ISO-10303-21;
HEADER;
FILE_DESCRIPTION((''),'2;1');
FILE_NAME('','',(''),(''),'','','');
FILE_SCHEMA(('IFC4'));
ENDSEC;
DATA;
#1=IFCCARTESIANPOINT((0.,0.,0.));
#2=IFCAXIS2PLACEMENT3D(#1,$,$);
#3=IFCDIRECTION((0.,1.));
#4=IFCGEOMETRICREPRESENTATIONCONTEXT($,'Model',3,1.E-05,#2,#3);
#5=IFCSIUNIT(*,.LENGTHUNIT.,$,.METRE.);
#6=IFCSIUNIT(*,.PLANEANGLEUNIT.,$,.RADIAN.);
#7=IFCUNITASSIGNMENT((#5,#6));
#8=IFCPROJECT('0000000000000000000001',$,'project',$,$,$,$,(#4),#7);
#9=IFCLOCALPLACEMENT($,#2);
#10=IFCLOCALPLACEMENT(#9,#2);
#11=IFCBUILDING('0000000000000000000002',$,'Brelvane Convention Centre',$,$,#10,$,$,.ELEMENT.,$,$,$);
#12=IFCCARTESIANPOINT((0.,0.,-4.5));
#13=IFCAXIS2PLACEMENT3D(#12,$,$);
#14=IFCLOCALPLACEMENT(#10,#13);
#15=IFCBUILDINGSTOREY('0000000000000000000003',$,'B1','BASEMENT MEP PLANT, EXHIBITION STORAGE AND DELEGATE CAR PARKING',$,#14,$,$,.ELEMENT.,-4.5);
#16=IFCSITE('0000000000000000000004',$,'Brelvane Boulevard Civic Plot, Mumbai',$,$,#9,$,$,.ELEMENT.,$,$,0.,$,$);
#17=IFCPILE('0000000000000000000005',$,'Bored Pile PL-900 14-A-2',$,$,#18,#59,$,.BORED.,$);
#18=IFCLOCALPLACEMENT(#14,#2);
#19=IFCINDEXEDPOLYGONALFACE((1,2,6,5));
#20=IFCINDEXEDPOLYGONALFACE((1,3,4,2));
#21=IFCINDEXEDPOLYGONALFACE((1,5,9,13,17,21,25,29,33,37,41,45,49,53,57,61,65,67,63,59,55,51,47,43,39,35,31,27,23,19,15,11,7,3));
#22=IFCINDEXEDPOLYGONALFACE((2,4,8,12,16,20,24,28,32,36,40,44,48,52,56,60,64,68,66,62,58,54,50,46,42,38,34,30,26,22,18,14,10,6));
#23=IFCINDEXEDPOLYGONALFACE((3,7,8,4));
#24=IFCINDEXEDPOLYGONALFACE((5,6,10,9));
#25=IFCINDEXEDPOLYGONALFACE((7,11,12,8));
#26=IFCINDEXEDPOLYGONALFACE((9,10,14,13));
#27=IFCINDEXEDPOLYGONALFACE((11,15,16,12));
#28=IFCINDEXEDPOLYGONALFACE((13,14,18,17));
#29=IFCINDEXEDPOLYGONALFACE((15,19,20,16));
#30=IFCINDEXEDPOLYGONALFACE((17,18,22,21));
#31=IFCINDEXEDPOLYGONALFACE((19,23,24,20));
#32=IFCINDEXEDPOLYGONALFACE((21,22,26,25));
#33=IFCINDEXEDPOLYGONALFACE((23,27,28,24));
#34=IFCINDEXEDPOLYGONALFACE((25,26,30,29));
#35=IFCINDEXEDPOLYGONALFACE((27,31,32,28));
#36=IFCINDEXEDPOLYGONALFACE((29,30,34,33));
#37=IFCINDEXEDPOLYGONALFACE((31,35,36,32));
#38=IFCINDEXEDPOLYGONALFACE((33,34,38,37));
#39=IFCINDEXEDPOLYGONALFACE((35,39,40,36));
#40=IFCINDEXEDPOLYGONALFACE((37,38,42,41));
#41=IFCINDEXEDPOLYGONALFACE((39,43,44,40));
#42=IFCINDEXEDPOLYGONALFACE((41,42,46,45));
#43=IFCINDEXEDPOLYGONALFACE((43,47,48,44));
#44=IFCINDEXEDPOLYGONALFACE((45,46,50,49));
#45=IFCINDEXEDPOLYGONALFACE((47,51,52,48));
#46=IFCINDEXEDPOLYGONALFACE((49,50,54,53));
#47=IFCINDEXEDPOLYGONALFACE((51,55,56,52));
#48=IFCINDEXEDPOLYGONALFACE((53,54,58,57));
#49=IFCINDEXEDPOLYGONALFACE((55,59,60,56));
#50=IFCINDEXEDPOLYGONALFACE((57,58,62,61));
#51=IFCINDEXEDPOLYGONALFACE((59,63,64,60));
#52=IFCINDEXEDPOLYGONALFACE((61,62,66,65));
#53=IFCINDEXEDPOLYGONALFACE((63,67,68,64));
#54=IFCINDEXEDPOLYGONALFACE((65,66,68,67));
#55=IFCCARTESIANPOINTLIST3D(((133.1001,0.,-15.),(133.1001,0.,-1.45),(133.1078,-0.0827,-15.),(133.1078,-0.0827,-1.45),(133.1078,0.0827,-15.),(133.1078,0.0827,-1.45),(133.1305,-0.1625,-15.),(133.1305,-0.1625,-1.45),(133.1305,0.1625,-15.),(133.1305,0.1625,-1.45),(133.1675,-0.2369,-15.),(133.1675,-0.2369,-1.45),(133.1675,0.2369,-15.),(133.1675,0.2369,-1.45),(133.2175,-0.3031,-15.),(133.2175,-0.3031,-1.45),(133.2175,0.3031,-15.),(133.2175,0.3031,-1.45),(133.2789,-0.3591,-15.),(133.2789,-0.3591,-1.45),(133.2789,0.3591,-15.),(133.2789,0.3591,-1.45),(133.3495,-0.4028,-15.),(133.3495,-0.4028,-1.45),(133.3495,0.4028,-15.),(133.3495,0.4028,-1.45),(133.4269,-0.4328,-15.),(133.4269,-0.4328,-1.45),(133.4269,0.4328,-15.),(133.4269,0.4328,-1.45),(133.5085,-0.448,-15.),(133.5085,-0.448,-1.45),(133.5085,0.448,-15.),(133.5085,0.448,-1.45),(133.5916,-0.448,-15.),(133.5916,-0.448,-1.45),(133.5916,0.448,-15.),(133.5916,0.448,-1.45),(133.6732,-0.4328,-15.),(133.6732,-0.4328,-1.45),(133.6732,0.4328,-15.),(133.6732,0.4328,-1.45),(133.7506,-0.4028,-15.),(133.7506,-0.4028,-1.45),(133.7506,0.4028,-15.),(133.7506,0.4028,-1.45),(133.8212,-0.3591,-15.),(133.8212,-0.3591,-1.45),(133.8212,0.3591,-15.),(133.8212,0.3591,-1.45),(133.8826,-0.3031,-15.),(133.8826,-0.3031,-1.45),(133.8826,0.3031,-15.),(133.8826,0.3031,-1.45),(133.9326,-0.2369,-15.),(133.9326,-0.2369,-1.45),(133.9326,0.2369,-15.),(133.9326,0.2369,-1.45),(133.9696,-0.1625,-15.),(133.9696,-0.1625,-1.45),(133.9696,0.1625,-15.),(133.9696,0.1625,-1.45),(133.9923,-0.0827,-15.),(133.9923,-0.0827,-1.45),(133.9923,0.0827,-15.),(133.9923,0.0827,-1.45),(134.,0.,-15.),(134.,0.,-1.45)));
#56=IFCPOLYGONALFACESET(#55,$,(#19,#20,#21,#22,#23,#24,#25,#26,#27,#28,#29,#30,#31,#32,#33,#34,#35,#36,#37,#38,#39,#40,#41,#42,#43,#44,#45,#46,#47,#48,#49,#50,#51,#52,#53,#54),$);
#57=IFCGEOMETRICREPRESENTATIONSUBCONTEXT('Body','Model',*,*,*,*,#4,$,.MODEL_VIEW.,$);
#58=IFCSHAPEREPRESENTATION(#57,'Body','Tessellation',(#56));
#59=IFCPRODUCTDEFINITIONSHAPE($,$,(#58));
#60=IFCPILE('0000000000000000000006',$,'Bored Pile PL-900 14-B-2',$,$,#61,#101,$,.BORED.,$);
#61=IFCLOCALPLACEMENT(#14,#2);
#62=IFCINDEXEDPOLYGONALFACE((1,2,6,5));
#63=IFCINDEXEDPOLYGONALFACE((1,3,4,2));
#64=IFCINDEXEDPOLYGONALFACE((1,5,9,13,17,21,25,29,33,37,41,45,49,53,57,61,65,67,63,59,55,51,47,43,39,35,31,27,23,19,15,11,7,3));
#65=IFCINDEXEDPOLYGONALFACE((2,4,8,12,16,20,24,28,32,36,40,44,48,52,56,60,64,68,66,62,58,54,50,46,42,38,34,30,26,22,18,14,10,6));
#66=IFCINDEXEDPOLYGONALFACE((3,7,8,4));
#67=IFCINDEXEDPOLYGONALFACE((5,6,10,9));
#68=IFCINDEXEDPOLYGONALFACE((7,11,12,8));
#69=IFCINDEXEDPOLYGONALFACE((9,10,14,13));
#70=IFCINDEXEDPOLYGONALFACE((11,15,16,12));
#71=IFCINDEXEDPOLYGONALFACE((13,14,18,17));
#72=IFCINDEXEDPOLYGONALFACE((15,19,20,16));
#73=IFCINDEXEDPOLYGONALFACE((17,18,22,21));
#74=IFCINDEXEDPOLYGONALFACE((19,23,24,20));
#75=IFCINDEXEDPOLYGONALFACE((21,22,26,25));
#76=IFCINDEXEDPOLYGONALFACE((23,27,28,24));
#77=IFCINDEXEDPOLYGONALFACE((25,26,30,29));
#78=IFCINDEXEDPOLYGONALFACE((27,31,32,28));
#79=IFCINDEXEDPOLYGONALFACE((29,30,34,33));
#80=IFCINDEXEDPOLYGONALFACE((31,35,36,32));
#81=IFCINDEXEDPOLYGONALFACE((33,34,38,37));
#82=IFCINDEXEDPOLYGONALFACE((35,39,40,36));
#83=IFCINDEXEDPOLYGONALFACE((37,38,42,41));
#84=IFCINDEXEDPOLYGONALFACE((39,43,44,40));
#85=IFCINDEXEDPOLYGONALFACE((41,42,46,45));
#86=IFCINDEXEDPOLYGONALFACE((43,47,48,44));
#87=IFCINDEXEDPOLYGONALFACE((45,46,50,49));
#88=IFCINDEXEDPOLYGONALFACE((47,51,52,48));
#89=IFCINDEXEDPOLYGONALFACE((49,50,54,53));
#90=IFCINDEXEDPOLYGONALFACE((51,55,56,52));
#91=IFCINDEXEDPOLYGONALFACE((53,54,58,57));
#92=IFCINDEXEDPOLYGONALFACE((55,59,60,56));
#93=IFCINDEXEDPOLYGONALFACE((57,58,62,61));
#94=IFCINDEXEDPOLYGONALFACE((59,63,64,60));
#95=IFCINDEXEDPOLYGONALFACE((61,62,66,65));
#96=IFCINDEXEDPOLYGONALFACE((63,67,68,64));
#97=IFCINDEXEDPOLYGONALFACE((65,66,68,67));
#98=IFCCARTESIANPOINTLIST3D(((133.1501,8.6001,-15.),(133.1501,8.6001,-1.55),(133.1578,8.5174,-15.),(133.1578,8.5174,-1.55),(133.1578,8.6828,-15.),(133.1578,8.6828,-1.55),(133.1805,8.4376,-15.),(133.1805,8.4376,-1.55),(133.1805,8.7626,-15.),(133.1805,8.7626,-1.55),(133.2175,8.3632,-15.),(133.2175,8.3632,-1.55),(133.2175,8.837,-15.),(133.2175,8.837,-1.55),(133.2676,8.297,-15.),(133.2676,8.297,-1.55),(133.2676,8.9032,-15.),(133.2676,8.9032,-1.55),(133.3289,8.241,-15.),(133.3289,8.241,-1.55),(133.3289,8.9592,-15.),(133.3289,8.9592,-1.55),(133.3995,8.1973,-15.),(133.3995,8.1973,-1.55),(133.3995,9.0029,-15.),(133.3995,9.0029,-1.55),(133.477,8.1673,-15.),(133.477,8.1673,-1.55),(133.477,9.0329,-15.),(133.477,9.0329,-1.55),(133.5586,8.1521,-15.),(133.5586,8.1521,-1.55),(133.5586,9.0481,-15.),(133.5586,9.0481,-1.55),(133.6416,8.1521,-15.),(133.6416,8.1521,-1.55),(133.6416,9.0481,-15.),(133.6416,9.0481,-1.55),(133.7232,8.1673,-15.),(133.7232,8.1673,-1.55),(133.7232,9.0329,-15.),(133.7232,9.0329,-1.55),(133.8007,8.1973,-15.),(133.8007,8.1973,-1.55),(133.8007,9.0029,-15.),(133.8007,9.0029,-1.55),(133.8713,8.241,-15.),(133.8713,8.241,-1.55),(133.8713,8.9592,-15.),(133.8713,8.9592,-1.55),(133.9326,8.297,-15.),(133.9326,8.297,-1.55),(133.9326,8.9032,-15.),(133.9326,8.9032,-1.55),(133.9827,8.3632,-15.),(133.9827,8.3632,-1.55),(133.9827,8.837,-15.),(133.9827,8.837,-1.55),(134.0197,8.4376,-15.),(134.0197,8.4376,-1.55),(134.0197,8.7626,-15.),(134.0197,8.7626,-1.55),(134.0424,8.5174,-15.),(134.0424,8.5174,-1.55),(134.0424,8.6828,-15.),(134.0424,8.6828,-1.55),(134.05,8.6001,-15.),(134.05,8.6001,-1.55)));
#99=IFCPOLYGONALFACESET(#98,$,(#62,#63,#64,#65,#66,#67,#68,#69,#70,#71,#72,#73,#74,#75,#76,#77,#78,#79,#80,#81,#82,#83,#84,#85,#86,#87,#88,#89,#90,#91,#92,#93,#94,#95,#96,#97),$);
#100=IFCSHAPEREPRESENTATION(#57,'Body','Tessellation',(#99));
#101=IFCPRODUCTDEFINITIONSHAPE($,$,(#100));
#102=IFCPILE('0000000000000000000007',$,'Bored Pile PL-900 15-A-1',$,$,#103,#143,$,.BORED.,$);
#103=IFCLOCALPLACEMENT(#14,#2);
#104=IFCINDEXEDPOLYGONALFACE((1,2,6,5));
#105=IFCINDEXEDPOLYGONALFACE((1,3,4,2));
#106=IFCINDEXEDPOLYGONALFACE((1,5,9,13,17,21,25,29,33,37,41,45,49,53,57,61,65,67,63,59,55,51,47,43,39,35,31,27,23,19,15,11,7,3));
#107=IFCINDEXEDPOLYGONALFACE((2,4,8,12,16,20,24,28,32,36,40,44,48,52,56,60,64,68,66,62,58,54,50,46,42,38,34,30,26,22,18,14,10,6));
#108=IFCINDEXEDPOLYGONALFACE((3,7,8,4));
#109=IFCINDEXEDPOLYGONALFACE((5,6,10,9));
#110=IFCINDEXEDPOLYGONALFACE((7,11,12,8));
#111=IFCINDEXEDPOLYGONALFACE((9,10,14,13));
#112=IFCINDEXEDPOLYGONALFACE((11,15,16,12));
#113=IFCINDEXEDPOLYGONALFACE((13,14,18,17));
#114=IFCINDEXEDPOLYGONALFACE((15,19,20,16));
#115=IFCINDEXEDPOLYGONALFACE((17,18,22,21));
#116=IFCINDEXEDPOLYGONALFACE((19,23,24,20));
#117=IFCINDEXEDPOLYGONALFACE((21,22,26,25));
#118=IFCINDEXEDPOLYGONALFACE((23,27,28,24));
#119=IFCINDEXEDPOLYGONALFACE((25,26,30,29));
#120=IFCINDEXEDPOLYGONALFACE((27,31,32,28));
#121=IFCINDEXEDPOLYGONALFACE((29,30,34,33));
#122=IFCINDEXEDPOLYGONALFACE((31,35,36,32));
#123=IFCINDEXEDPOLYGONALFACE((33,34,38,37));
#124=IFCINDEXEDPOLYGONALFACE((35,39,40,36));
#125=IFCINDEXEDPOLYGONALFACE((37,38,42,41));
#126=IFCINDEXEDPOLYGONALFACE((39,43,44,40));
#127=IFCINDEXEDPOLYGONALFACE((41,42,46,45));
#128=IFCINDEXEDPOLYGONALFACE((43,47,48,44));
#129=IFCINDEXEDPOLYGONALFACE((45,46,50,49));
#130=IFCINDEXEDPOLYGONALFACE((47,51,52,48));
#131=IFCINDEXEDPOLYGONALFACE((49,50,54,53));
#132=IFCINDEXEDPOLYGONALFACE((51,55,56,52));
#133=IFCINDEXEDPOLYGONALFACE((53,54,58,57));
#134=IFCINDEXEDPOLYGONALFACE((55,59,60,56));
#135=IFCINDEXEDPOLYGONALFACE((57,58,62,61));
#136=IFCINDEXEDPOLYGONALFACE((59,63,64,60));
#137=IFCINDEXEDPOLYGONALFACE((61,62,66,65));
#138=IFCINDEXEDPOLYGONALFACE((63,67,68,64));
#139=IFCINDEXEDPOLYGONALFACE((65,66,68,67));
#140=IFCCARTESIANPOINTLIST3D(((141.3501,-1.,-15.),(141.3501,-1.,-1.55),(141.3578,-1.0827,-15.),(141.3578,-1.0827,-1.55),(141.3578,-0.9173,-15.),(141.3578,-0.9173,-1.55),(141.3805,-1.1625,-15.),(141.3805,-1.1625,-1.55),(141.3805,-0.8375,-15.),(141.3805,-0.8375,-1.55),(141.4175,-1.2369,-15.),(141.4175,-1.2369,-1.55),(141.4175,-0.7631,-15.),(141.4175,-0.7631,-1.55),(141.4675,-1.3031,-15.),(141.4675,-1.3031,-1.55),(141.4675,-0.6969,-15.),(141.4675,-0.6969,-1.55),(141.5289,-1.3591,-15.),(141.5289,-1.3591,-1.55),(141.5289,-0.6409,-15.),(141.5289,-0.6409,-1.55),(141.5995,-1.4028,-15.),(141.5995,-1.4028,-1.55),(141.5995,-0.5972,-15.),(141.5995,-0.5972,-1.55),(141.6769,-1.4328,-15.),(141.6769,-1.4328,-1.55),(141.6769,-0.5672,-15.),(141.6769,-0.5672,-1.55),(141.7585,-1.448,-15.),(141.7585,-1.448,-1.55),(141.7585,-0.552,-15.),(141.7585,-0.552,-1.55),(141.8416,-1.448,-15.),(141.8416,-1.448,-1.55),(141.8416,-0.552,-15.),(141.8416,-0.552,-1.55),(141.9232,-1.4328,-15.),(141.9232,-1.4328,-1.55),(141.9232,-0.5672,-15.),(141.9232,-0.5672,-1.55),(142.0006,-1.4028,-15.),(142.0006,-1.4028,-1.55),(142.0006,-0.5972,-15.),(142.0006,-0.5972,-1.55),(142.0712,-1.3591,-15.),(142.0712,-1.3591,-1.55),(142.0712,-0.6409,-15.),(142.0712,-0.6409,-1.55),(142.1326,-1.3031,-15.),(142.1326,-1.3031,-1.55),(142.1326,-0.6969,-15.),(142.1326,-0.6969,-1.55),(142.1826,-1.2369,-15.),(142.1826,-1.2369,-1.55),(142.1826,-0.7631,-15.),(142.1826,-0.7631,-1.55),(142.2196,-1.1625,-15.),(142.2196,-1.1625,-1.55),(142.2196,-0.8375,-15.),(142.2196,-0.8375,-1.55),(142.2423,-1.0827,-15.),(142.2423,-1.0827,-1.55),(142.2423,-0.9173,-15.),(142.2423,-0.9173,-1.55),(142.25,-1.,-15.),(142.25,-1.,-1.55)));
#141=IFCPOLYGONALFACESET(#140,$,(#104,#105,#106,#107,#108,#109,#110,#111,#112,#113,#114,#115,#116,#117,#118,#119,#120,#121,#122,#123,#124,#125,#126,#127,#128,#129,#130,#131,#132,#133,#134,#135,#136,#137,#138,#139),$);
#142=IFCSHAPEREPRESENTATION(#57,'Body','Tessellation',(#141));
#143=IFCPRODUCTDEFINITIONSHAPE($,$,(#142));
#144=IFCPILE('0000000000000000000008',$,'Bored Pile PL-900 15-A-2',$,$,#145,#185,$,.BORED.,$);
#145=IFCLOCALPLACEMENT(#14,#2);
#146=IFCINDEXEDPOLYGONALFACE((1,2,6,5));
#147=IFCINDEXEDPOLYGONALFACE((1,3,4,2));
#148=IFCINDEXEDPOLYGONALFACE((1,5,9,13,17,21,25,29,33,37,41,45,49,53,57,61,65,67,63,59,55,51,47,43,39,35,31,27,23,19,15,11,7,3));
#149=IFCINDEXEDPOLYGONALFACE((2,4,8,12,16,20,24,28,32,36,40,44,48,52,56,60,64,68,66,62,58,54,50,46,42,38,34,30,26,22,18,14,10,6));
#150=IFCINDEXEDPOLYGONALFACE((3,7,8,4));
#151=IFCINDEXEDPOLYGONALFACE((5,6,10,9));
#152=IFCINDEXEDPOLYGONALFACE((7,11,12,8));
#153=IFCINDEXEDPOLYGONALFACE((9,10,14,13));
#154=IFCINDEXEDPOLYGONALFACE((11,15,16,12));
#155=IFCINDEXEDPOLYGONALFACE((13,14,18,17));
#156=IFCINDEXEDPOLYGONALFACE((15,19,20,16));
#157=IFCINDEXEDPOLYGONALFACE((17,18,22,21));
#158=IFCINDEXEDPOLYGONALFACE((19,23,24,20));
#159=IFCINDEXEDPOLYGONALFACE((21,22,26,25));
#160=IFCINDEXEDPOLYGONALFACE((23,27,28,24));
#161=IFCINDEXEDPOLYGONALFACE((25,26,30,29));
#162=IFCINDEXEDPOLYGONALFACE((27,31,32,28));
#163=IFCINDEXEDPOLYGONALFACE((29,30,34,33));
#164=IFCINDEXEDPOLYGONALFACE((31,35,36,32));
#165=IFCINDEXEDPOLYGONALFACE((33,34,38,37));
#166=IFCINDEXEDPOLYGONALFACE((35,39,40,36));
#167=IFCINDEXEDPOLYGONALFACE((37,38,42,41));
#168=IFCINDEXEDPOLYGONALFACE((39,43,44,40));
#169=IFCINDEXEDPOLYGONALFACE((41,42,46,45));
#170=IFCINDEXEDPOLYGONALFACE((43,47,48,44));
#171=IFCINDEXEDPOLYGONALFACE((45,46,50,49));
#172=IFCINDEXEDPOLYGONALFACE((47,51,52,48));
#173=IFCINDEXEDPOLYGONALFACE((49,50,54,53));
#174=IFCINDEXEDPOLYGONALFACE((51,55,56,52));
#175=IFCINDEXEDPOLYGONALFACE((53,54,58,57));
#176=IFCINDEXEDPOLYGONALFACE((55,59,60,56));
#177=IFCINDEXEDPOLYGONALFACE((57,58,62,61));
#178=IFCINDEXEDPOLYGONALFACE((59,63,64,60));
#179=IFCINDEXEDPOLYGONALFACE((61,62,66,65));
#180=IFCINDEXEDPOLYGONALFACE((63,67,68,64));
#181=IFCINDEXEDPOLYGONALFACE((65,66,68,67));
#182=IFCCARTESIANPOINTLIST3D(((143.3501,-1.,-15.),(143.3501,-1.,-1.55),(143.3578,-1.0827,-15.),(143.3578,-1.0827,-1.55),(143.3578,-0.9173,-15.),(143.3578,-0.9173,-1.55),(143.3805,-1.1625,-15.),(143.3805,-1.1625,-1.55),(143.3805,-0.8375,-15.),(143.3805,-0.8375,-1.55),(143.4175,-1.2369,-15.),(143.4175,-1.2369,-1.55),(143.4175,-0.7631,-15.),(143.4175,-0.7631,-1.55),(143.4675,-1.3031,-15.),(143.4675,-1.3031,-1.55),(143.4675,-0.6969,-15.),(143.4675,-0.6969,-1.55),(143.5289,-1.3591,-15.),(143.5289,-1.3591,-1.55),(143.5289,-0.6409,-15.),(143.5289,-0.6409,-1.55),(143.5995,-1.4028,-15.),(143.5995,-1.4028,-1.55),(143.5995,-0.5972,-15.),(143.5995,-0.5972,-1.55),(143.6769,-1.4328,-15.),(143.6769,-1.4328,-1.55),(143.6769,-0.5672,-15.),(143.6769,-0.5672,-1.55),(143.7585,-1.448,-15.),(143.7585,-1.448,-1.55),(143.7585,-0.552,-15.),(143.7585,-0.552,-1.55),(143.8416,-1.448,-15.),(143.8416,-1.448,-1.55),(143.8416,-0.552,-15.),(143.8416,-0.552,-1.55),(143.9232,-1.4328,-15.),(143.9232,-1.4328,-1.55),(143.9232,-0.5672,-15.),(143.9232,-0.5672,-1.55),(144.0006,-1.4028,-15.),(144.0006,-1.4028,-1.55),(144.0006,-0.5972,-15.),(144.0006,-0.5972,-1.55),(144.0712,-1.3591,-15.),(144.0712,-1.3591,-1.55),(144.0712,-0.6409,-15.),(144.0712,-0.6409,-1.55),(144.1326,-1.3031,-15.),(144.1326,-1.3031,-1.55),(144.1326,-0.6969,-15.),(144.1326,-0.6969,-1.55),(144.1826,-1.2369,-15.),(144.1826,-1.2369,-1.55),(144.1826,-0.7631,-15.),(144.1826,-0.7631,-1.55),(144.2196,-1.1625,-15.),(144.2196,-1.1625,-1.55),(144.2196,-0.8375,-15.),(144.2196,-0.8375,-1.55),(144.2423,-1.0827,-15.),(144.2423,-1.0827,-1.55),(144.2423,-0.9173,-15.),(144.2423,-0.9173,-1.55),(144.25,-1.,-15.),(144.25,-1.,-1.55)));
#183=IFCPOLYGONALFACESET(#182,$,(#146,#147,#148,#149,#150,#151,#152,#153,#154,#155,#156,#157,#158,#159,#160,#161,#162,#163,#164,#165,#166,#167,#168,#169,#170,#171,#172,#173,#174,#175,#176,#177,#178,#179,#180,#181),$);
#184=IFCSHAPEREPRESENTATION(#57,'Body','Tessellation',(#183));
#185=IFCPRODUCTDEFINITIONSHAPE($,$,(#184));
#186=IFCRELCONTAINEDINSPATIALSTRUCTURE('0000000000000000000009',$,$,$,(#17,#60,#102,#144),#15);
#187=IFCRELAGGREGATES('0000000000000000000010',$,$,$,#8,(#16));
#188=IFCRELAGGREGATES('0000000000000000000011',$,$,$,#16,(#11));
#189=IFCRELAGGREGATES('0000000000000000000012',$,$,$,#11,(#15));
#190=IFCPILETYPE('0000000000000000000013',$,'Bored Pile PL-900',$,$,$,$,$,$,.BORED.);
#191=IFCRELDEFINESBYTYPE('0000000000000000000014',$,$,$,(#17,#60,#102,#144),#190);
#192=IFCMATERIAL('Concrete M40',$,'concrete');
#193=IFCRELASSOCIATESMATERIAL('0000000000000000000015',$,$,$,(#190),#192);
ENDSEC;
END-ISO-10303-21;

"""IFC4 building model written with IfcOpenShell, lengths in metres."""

from ifc_helpers import new_model, si_unit, direction, frame, origin, origin_2d, place, context, subcontext, project, spatial, circle, extrude, material, material_profile, profile_set, type_object, element, save


model = new_model("IFC4")

# Units and contexts
model_context = context("Model", 3, precision=1e-05, world=origin(), true_north=direction((0.0, 1.0)))
body_context = subcontext(model_context, "Body", "Model", "MODEL_VIEW")
ifc_project = project(units=[si_unit("LENGTHUNIT", "METRE"), si_unit("PLANEANGLEUNIT", "RADIAN")], contexts=[model_context])

# Site, building, storey
site_placement = place(None, origin())
site = spatial("IfcSite", under=ifc_project, at=site_placement, Name="Brelvane Boulevard Civic Plot, Mumbai", CompositionType="ELEMENT", RefElevation=0.0)
building_placement = place(site_placement, origin())
building = spatial("IfcBuilding", under=site, at=building_placement, Name="Brelvane Convention Centre", CompositionType="ELEMENT")
storey_placement = place(building_placement, frame((0.0, 0.0, -4.5)))
storey = spatial("IfcBuildingStorey", under=building, at=storey_placement, Name="B1", Description="BASEMENT MEP PLANT, EXHIBITION STORAGE AND DELEGATE CAR PARKING", CompositionType="ELEMENT", Elevation=-4.5)

# Piles
ifc_material_1 = material(Name="Concrete M40", Category="concrete")
ifc_material_profile_1 = material_profile(ifc_material_1, circle(Radius=0.45, at=origin_2d()), Name="PILE D900")
ifc_profile_set_1 = profile_set([ifc_material_profile_1], Name="Concrete M40")
pile_type = type_object("IfcPileType", Name="Bored Pile PL-900", PredefinedType="BORED", material=ifc_profile_set_1)
pile_placement = place(storey_placement, frame((133.55, 0.0, -1.45), z_axis=(0.0, 0.0, -1.0), x_axis=(1.0, 0.0, 0.0)))
element("IfcPile", 1, at=pile_placement, inside=storey, type_object=pile_type, Name="Bored Pile PL-900 14-A-2", PredefinedType="BORED", context=body_context, shape_type="SweptSolid", body=[
    extrude(circle(Radius=0.45, at=origin_2d()), origin(), (0.0, 0.0, 1.0), 13.55),
])
for number, where, z_axis, x_axis, name in (
    (2, (133.6001, 8.6001, -1.55), (0.0, 0.0, -1.0), (1.0, 0.0, 0.0), "Bored Pile PL-900 14-B-2"),
    (3, (141.8, -1.0, -1.55), (0.0, 0.0, -1.0), (1.0, 0.0, 0.0), "Bored Pile PL-900 15-A-1"),
    (4, (143.8, -1.0, -1.55), (0.0, 0.0, -1.0), (1.0, 0.0, 0.0), "Bored Pile PL-900 15-A-2"),
):
    element("IfcPile", number, at=place(storey_placement, frame(where, z_axis=z_axis, x_axis=x_axis)), inside=storey, type_object=pile_type, Name=name, PredefinedType="BORED", context=body_context, shape_type="SweptSolid", body=[
        extrude(circle(Radius=0.45, at=origin_2d()), origin(), (0.0, 0.0, 1.0), 13.45),
    ])

save(model, "model.ifc")
